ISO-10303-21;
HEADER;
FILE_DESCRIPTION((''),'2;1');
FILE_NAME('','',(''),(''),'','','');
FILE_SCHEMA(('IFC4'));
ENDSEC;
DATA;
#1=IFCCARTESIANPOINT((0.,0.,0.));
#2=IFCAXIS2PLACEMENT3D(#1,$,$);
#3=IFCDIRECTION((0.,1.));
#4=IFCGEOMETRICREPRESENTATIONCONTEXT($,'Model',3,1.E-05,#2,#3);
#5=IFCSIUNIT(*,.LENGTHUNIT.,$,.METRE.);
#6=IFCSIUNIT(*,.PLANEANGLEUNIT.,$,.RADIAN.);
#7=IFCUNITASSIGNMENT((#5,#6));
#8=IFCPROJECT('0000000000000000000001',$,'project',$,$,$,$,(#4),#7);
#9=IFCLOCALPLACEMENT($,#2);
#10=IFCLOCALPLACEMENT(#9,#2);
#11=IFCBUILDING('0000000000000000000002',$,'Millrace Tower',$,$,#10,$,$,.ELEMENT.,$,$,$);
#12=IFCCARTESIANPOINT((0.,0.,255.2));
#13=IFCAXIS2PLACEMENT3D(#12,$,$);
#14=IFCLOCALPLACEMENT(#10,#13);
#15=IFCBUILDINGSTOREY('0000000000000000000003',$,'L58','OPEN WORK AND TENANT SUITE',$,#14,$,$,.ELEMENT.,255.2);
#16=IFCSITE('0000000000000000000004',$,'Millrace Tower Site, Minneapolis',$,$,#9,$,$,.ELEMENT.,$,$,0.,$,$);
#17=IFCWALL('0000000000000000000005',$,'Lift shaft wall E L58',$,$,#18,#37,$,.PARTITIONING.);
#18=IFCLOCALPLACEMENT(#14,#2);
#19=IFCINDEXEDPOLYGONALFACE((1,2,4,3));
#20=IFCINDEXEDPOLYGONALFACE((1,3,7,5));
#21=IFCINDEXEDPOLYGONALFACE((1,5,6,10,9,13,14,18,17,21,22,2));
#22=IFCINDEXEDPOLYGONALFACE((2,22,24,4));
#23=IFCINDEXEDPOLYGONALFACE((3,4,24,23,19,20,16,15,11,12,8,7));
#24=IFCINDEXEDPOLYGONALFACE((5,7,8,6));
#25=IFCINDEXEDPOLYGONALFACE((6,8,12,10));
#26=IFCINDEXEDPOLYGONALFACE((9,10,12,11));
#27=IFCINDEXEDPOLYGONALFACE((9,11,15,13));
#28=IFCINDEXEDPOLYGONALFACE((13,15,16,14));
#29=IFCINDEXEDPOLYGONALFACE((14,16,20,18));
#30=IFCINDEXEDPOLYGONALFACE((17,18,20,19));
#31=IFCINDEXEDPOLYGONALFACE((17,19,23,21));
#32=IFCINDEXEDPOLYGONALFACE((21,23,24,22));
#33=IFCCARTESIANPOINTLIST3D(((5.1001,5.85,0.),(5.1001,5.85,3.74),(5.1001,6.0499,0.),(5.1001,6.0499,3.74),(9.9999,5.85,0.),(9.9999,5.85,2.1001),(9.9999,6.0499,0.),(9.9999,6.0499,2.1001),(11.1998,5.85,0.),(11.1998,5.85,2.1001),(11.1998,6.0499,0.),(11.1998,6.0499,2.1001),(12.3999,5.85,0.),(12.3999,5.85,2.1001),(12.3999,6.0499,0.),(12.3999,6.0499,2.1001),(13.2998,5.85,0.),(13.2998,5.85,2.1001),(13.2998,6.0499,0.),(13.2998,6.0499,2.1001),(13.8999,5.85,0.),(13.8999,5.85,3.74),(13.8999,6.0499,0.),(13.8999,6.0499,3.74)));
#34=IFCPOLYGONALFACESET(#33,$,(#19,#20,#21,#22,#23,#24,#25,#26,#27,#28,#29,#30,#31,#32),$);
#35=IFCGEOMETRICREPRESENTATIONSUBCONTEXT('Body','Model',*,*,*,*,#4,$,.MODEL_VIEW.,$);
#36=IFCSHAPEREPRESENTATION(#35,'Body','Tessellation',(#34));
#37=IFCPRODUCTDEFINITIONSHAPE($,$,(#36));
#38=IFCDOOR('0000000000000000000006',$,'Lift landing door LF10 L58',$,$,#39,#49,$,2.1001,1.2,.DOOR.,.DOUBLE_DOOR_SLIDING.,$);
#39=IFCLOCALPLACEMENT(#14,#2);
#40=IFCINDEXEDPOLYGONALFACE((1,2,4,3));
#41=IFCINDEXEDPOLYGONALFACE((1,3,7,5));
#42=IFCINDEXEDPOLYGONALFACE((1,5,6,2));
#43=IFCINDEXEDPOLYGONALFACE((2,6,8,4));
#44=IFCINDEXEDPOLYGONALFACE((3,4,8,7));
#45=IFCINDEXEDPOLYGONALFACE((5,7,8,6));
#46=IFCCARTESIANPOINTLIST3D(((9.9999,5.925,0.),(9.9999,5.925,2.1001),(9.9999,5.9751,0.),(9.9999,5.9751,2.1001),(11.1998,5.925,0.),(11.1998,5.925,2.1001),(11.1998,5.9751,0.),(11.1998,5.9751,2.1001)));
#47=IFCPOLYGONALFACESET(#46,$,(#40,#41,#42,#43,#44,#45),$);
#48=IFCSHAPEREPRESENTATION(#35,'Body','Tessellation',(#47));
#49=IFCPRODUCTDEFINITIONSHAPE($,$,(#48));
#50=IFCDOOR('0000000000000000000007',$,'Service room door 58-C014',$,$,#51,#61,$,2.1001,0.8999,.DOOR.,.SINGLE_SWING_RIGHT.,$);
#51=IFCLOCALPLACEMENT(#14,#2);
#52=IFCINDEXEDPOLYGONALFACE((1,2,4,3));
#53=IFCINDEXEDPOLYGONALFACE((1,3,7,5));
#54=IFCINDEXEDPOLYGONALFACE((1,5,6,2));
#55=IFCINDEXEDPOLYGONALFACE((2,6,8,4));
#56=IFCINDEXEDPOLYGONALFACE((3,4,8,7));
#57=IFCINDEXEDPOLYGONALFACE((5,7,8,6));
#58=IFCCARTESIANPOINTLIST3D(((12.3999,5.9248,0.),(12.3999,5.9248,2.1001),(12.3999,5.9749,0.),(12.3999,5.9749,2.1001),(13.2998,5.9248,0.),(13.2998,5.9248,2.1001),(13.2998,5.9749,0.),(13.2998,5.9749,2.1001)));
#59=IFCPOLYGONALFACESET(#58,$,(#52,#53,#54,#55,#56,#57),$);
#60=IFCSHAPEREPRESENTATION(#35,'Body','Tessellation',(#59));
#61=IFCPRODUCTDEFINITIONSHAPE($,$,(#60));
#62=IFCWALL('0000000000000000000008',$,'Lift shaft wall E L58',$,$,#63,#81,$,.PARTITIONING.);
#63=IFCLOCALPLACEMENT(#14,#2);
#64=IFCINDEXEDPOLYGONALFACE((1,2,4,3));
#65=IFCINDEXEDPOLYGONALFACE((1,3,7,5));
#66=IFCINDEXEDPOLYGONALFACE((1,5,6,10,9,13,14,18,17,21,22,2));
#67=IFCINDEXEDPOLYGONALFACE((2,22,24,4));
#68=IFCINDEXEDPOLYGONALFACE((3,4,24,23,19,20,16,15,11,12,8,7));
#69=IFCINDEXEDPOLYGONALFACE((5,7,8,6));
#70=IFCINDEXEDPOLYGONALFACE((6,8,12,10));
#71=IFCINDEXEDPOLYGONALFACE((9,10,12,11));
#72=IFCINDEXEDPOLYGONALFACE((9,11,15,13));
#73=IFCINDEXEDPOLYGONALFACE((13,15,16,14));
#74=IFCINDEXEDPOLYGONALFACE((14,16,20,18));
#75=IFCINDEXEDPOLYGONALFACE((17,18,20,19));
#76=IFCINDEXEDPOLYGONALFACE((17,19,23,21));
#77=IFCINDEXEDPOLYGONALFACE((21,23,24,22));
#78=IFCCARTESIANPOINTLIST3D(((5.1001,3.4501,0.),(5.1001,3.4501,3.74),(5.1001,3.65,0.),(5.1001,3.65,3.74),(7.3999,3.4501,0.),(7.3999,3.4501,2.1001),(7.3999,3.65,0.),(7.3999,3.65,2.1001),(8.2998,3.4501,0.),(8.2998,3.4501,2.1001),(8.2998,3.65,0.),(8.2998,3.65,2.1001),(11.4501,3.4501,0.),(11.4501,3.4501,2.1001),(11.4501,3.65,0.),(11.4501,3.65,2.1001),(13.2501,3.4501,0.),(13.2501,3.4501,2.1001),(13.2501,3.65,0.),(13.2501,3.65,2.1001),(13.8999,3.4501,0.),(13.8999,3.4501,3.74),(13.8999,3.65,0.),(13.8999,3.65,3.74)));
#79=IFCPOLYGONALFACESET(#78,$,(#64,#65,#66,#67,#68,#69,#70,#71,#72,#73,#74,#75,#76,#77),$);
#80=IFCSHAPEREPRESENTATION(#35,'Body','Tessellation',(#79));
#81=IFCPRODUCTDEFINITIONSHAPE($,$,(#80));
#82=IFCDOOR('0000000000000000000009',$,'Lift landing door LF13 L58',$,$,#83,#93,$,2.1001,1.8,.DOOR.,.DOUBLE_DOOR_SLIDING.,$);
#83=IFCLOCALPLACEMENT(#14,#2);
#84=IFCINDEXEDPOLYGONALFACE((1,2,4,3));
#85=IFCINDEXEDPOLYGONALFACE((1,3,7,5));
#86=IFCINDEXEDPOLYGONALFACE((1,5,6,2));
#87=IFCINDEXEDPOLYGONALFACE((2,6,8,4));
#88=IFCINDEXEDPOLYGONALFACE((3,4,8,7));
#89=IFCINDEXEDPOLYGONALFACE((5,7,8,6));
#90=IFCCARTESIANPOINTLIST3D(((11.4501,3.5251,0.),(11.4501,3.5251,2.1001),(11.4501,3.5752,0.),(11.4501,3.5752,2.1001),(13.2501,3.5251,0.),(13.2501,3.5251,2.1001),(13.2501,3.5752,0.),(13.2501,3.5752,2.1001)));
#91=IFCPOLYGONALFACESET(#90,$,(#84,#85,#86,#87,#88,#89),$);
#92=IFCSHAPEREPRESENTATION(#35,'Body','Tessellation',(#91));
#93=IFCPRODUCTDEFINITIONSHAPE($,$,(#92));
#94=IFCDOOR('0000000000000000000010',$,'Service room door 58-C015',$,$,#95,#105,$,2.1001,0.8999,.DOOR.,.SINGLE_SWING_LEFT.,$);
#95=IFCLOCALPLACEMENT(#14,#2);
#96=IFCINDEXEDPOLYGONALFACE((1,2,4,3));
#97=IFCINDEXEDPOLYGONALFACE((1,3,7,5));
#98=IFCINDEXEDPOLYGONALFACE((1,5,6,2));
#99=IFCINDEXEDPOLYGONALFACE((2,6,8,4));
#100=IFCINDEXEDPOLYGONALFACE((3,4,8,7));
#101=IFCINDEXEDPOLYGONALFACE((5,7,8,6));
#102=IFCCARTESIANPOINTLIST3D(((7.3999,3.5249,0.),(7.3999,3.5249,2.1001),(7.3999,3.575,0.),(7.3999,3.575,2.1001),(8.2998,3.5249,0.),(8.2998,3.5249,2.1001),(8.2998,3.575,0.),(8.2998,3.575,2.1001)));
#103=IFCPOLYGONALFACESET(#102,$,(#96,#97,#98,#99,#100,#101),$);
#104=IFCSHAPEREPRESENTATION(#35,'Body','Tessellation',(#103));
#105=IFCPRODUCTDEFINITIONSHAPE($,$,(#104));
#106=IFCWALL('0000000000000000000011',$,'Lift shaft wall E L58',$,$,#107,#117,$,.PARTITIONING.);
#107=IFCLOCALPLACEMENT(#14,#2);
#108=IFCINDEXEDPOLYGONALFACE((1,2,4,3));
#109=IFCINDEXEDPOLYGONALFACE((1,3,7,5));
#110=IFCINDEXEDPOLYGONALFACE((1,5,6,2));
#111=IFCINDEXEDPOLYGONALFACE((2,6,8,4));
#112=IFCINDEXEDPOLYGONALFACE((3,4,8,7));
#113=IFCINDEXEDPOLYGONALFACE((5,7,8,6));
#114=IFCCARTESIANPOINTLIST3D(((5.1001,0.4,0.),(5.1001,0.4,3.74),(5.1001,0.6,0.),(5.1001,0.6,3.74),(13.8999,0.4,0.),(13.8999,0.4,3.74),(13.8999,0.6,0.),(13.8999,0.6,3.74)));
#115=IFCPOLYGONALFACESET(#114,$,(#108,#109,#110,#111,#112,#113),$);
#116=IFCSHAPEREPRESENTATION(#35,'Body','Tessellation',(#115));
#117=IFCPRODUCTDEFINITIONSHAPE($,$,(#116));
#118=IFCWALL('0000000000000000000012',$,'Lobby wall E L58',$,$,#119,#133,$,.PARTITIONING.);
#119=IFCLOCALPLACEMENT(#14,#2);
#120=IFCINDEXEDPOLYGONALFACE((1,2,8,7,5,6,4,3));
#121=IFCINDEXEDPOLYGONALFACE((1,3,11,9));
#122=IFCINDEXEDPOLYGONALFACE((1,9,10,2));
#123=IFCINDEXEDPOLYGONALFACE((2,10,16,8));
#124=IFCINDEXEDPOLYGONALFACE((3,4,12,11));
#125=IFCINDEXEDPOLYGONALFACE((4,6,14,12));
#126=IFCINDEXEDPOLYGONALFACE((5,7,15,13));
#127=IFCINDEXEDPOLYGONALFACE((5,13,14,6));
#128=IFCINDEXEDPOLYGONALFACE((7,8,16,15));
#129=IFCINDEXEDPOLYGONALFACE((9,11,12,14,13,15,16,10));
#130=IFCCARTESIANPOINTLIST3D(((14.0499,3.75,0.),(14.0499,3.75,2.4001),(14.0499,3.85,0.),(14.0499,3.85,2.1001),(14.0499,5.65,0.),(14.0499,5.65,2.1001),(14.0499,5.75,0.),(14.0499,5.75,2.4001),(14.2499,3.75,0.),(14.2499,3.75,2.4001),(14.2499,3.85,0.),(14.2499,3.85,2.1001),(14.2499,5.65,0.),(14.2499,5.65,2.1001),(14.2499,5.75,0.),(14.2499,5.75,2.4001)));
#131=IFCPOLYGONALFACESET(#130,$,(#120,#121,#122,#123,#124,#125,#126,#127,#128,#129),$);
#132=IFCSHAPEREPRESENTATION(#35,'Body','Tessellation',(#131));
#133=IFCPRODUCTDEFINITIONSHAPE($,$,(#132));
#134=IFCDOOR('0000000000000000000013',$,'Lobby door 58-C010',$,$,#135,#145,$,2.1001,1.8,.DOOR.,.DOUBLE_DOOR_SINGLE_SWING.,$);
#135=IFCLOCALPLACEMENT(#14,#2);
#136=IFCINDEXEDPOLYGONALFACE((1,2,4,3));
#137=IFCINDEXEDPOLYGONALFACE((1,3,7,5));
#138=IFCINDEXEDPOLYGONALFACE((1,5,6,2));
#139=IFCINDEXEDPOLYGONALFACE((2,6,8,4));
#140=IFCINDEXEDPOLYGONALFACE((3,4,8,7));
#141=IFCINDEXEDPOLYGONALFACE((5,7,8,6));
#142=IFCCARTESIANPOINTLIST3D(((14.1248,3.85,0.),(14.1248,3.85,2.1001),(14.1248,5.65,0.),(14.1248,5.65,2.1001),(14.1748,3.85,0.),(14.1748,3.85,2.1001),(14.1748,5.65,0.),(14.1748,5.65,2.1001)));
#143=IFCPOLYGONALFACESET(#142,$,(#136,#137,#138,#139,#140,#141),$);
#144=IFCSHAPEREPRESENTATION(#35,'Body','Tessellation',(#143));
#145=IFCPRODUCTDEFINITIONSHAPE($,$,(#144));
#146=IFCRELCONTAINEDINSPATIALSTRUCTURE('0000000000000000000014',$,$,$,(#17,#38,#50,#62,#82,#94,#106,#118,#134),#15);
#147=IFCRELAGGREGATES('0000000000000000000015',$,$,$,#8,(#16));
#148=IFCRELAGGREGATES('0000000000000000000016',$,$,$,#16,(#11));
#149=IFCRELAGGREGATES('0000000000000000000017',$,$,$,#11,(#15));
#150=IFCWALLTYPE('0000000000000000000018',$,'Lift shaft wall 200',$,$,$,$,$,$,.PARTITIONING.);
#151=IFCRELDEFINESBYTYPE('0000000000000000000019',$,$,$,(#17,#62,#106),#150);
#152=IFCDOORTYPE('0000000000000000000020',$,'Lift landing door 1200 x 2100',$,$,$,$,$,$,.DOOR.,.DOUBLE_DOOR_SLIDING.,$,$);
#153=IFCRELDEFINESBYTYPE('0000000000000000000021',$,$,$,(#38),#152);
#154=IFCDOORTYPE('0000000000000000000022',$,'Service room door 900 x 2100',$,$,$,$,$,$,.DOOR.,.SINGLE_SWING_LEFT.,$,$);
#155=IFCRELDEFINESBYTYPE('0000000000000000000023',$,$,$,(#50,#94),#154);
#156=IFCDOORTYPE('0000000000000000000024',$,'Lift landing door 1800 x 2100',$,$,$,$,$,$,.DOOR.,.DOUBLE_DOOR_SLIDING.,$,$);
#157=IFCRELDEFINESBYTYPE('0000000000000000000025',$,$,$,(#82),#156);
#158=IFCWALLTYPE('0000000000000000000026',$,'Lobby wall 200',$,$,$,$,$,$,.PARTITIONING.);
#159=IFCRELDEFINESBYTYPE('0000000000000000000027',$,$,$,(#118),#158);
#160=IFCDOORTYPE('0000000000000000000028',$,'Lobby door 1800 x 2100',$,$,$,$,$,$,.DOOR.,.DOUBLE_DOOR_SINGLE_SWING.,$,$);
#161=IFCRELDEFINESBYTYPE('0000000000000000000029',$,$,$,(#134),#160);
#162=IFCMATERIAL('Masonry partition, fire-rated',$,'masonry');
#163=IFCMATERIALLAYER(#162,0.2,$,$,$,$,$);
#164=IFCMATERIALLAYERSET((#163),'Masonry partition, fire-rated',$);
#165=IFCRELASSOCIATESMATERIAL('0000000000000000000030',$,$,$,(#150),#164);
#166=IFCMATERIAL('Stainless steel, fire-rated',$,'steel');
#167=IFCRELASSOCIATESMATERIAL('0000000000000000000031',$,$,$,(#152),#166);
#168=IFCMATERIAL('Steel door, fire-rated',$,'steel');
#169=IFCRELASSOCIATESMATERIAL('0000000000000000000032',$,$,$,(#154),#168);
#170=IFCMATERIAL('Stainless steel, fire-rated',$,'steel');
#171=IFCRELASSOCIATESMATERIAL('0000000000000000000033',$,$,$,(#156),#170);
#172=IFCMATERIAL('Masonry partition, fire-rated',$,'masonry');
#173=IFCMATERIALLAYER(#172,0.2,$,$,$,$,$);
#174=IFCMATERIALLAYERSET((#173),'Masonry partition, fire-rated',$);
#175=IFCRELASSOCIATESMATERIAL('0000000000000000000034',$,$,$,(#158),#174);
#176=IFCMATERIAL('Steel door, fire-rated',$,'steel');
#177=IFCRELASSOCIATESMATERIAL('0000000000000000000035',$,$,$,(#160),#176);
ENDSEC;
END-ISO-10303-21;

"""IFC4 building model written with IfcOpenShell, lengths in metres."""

from ifc_helpers import new_model, si_unit, direction, frame, frame_2d, origin, place, context, subcontext, project, spatial, rectangle, extrude, material, layer, layer_set, type_object, element, fill, save


model = new_model("IFC4")

# Units and contexts
model_context = context("Model", 3, precision=1e-05, world=origin(), true_north=direction((0.0, 1.0)))
body_context = subcontext(model_context, "Body", "Model", "MODEL_VIEW")
ifc_project = project(units=[si_unit("LENGTHUNIT", "METRE"), si_unit("PLANEANGLEUNIT", "RADIAN")], contexts=[model_context])

# Site, building, storey
site_placement = place(None, origin())
site = spatial("IfcSite", under=ifc_project, at=site_placement, Name="Millrace Tower Site, Minneapolis", CompositionType="ELEMENT", RefElevation=0.0)
building_placement = place(site_placement, origin())
building = spatial("IfcBuilding", under=site, at=building_placement, Name="Millrace Tower", CompositionType="ELEMENT")
storey_placement = place(building_placement, frame((0.0, 0.0, 255.2)))
storey = spatial("IfcBuildingStorey", under=building, at=storey_placement, Name="L58", Description="OPEN WORK AND TENANT SUITE", CompositionType="ELEMENT", Elevation=255.2)

# Walls, openings, doors
ifc_material_1 = material(Name="Masonry partition, fire-rated", Category="masonry")
ifc_layer_1 = layer(ifc_material_1, 0.2)
ifc_layer_set_1 = layer_set([ifc_layer_1], Name="Masonry partition, fire-rated")
wall_type_1 = type_object("IfcWallType", Name="Lift shaft wall 200", PredefinedType="PARTITIONING", material=ifc_layer_set_1)
wall_1_placement = place(storey_placement, frame((13.8999, 5.95, 0.0), z_axis=(0.0, 0.0, 1.0), x_axis=(-1.0, 0.0, 0.0)))
wall_1 = element("IfcWall", 1, at=wall_1_placement, inside=storey, type_object=wall_type_1, Name="Lift shaft wall E L58", PredefinedType="PARTITIONING", context=body_context, shape_type="SweptSolid", body=[
    extrude(rectangle(XDim=8.7998, YDim=0.2, at=frame_2d((4.3999, 0.0))), origin(), (0.0, 0.0, 1.0), 3.74),
])
opening_1_placement = place(wall_1_placement, frame((2.7, 0.0, 0.0)))
opening_1 = element("IfcOpeningElement", 2, at=opening_1_placement, cuts=wall_1, PredefinedType="OPENING", context=body_context, shape_type="SweptSolid", body=[
    extrude(rectangle(XDim=1.2, YDim=2.1001, at=frame_2d((0.6001, 1.05))), frame((0.0, 0.1099, 0.0), z_axis=(0.0, -1.0, 0.0), x_axis=(1.0, 0.0, 0.0)), (0.0, 0.0, 1.0), 0.22),
])
opening_2_placement = place(wall_1_placement, frame((0.6001, 0.0, 0.0)))
opening_2 = element("IfcOpeningElement", 3, at=opening_2_placement, cuts=wall_1, PredefinedType="OPENING", context=body_context, shape_type="SweptSolid", body=[
    extrude(rectangle(XDim=0.8999, YDim=2.1001, at=frame_2d((0.45, 1.05))), frame((0.0, 0.1099, 0.0), z_axis=(0.0, -1.0, 0.0), x_axis=(1.0, 0.0, 0.0)), (0.0, 0.0, 1.0), 0.22),
])
ifc_material_2 = material(Name="Stainless steel, fire-rated", Category="steel")
door_type_1 = type_object("IfcDoorType", Name="Lift landing door 1200 x 2100", OperationType="DOUBLE_DOOR_SLIDING", PredefinedType="DOOR", material=ifc_material_2)
door_1_placement = place(opening_1_placement, origin())
door_1 = element("IfcDoor", 4, at=door_1_placement, inside=storey, type_object=door_type_1, Name="Lift landing door LF10 L58", OperationType="DOUBLE_DOOR_SLIDING", OverallHeight=2.1001, OverallWidth=1.2, PredefinedType="DOOR", context=body_context, shape_type="SweptSolid", body=[
    extrude(rectangle(XDim=1.2, YDim=2.1001, at=frame_2d((0.6001, 1.05))), frame((0.0, 0.0249, 0.0), z_axis=(0.0, -1.0, 0.0), x_axis=(1.0, 0.0, 0.0)), (0.0, 0.0, 1.0), 0.05),
])
fill(opening_1, door_1)
ifc_material_3 = material(Name="Steel door, fire-rated", Category="steel")
door_type_2 = type_object("IfcDoorType", Name="Service room door 900 x 2100", OperationType="SINGLE_SWING_LEFT", PredefinedType="DOOR", material=ifc_material_3)
door_2_placement = place(opening_2_placement, frame((0.8999, 0.0, 0.0), z_axis=(0.0, 0.0, 1.0), x_axis=(-1.0, 0.0, 0.0)))
door_2 = element("IfcDoor", 5, at=door_2_placement, inside=storey, type_object=door_type_2, Name="Service room door 58-C014", OperationType="SINGLE_SWING_RIGHT", OverallHeight=2.1001, OverallWidth=0.8999, PredefinedType="DOOR", context=body_context, shape_type="SweptSolid", body=[
    extrude(rectangle(XDim=0.8999, YDim=2.1001, at=frame_2d((0.45, 1.05))), frame((0.0, 0.0249, 0.0), z_axis=(0.0, -1.0, 0.0), x_axis=(1.0, 0.0, 0.0)), (0.0, 0.0, 1.0), 0.05),
])
fill(opening_2, door_2)
wall_2_placement = place(storey_placement, frame((13.8999, 3.55, 0.0), z_axis=(0.0, 0.0, 1.0), x_axis=(-1.0, 0.0, 0.0)))
wall_2 = element("IfcWall", 6, at=wall_2_placement, inside=storey, type_object=wall_type_1, Name="Lift shaft wall E L58", PredefinedType="PARTITIONING", context=body_context, shape_type="SweptSolid", body=[
    extrude(rectangle(XDim=8.7998, YDim=0.2, at=frame_2d((4.3999, 0.0))), origin(), (0.0, 0.0, 1.0), 3.74),
])
opening_3_placement = place(wall_2_placement, frame((0.6499, 0.0, 0.0)))
opening_3 = element("IfcOpeningElement", 7, at=opening_3_placement, cuts=wall_2, PredefinedType="OPENING", context=body_context, shape_type="SweptSolid", body=[
    extrude(rectangle(XDim=1.8, YDim=2.1001, at=frame_2d((0.8999, 1.05))), frame((0.0, 0.1099, 0.0), z_axis=(0.0, -1.0, 0.0), x_axis=(1.0, 0.0, 0.0)), (0.0, 0.0, 1.0), 0.22),
])
opening_4_placement = place(wall_2_placement, frame((5.6001, 0.0, 0.0)))
opening_4 = element("IfcOpeningElement", 8, at=opening_4_placement, cuts=wall_2, PredefinedType="OPENING", context=body_context, shape_type="SweptSolid", body=[
    extrude(rectangle(XDim=0.8999, YDim=2.1001, at=frame_2d((0.45, 1.05))), frame((0.0, 0.1099, 0.0), z_axis=(0.0, -1.0, 0.0), x_axis=(1.0, 0.0, 0.0)), (0.0, 0.0, 1.0), 0.22),
])
ifc_material_4 = material(Name="Stainless steel, fire-rated", Category="steel")
door_type_3 = type_object("IfcDoorType", Name="Lift landing door 1800 x 2100", OperationType="DOUBLE_DOOR_SLIDING", PredefinedType="DOOR", material=ifc_material_4)
door_3_placement = place(opening_3_placement, origin())
door_3 = element("IfcDoor", 9, at=door_3_placement, inside=storey, type_object=door_type_3, Name="Lift landing door LF13 L58", OperationType="DOUBLE_DOOR_SLIDING", OverallHeight=2.1001, OverallWidth=1.8, PredefinedType="DOOR", context=body_context, shape_type="SweptSolid", body=[
    extrude(rectangle(XDim=1.8, YDim=2.1001, at=frame_2d((0.8999, 1.05))), frame((0.0, 0.0249, 0.0), z_axis=(0.0, -1.0, 0.0), x_axis=(1.0, 0.0, 0.0)), (0.0, 0.0, 1.0), 0.05),
])
fill(opening_3, door_3)
door_4_placement = place(opening_4_placement, frame((0.8999, 0.0, 0.0), z_axis=(0.0, 0.0, 1.0), x_axis=(-1.0, 0.0, 0.0)))
door_4 = element("IfcDoor", 10, at=door_4_placement, inside=storey, type_object=door_type_2, Name="Service room door 58-C015", OperationType="SINGLE_SWING_LEFT", OverallHeight=2.1001, OverallWidth=0.8999, PredefinedType="DOOR", context=body_context, shape_type="SweptSolid", body=[
    extrude(rectangle(XDim=0.8999, YDim=2.1001, at=frame_2d((0.45, 1.05))), frame((0.0, 0.0249, 0.0), z_axis=(0.0, -1.0, 0.0), x_axis=(1.0, 0.0, 0.0)), (0.0, 0.0, 1.0), 0.05),
])
fill(opening_4, door_4)

# Wall
wall_3_placement = place(storey_placement, frame((13.8999, 0.5, 0.0), z_axis=(0.0, 0.0, 1.0), x_axis=(-1.0, 0.0, 0.0)))
element("IfcWall", 11, at=wall_3_placement, inside=storey, type_object=wall_type_1, Name="Lift shaft wall E L58", PredefinedType="PARTITIONING", context=body_context, shape_type="SweptSolid", body=[
    extrude(rectangle(XDim=8.7998, YDim=0.2, at=frame_2d((4.3999, 0.0))), origin(), (0.0, 0.0, 1.0), 3.74),
])

# Wall, opening, door
ifc_material_5 = material(Name="Masonry partition, fire-rated", Category="masonry")
ifc_layer_2 = layer(ifc_material_5, 0.2)
ifc_layer_set_2 = layer_set([ifc_layer_2], Name="Masonry partition, fire-rated")
wall_type_2 = type_object("IfcWallType", Name="Lobby wall 200", PredefinedType="PARTITIONING", material=ifc_layer_set_2)
wall_4_placement = place(storey_placement, frame((14.1499, 5.75, 0.0), z_axis=(0.0, 0.0, 1.0), x_axis=(0.0, -1.0, 0.0)))
wall_4 = element("IfcWall", 12, at=wall_4_placement, inside=storey, type_object=wall_type_2, Name="Lobby wall E L58", PredefinedType="PARTITIONING", context=body_context, shape_type="SweptSolid", body=[
    extrude(rectangle(XDim=2.0, YDim=0.2, at=frame_2d((1.0, 0.0))), origin(), (0.0, 0.0, 1.0), 2.4001),
])
opening_5_placement = place(wall_4_placement, frame((0.1001, 0.0, 0.0)))
opening_5 = element("IfcOpeningElement", 13, at=opening_5_placement, cuts=wall_4, PredefinedType="OPENING", context=body_context, shape_type="SweptSolid", body=[
    extrude(rectangle(XDim=1.8, YDim=2.1001, at=frame_2d((0.8999, 1.05))), frame((0.0, 0.1099, 0.0), z_axis=(0.0, -1.0, 0.0), x_axis=(1.0, 0.0, 0.0)), (0.0, 0.0, 1.0), 0.22),
])
ifc_material_6 = material(Name="Steel door, fire-rated", Category="steel")
door_type_4 = type_object("IfcDoorType", Name="Lobby door 1800 x 2100", OperationType="DOUBLE_DOOR_SINGLE_SWING", PredefinedType="DOOR", material=ifc_material_6)
door_5_placement = place(opening_5_placement, origin())
door_5 = element("IfcDoor", 14, at=door_5_placement, inside=storey, type_object=door_type_4, Name="Lobby door 58-C010", OperationType="DOUBLE_DOOR_SINGLE_SWING", OverallHeight=2.1001, OverallWidth=1.8, PredefinedType="DOOR", context=body_context, shape_type="SweptSolid", body=[
    extrude(rectangle(XDim=1.8, YDim=2.1001, at=frame_2d((0.8999, 1.05))), frame((0.0, 0.0249, 0.0), z_axis=(0.0, -1.0, 0.0), x_axis=(1.0, 0.0, 0.0)), (0.0, 0.0, 1.0), 0.05),
])
fill(opening_5, door_5)

save(model, "model.ifc")
